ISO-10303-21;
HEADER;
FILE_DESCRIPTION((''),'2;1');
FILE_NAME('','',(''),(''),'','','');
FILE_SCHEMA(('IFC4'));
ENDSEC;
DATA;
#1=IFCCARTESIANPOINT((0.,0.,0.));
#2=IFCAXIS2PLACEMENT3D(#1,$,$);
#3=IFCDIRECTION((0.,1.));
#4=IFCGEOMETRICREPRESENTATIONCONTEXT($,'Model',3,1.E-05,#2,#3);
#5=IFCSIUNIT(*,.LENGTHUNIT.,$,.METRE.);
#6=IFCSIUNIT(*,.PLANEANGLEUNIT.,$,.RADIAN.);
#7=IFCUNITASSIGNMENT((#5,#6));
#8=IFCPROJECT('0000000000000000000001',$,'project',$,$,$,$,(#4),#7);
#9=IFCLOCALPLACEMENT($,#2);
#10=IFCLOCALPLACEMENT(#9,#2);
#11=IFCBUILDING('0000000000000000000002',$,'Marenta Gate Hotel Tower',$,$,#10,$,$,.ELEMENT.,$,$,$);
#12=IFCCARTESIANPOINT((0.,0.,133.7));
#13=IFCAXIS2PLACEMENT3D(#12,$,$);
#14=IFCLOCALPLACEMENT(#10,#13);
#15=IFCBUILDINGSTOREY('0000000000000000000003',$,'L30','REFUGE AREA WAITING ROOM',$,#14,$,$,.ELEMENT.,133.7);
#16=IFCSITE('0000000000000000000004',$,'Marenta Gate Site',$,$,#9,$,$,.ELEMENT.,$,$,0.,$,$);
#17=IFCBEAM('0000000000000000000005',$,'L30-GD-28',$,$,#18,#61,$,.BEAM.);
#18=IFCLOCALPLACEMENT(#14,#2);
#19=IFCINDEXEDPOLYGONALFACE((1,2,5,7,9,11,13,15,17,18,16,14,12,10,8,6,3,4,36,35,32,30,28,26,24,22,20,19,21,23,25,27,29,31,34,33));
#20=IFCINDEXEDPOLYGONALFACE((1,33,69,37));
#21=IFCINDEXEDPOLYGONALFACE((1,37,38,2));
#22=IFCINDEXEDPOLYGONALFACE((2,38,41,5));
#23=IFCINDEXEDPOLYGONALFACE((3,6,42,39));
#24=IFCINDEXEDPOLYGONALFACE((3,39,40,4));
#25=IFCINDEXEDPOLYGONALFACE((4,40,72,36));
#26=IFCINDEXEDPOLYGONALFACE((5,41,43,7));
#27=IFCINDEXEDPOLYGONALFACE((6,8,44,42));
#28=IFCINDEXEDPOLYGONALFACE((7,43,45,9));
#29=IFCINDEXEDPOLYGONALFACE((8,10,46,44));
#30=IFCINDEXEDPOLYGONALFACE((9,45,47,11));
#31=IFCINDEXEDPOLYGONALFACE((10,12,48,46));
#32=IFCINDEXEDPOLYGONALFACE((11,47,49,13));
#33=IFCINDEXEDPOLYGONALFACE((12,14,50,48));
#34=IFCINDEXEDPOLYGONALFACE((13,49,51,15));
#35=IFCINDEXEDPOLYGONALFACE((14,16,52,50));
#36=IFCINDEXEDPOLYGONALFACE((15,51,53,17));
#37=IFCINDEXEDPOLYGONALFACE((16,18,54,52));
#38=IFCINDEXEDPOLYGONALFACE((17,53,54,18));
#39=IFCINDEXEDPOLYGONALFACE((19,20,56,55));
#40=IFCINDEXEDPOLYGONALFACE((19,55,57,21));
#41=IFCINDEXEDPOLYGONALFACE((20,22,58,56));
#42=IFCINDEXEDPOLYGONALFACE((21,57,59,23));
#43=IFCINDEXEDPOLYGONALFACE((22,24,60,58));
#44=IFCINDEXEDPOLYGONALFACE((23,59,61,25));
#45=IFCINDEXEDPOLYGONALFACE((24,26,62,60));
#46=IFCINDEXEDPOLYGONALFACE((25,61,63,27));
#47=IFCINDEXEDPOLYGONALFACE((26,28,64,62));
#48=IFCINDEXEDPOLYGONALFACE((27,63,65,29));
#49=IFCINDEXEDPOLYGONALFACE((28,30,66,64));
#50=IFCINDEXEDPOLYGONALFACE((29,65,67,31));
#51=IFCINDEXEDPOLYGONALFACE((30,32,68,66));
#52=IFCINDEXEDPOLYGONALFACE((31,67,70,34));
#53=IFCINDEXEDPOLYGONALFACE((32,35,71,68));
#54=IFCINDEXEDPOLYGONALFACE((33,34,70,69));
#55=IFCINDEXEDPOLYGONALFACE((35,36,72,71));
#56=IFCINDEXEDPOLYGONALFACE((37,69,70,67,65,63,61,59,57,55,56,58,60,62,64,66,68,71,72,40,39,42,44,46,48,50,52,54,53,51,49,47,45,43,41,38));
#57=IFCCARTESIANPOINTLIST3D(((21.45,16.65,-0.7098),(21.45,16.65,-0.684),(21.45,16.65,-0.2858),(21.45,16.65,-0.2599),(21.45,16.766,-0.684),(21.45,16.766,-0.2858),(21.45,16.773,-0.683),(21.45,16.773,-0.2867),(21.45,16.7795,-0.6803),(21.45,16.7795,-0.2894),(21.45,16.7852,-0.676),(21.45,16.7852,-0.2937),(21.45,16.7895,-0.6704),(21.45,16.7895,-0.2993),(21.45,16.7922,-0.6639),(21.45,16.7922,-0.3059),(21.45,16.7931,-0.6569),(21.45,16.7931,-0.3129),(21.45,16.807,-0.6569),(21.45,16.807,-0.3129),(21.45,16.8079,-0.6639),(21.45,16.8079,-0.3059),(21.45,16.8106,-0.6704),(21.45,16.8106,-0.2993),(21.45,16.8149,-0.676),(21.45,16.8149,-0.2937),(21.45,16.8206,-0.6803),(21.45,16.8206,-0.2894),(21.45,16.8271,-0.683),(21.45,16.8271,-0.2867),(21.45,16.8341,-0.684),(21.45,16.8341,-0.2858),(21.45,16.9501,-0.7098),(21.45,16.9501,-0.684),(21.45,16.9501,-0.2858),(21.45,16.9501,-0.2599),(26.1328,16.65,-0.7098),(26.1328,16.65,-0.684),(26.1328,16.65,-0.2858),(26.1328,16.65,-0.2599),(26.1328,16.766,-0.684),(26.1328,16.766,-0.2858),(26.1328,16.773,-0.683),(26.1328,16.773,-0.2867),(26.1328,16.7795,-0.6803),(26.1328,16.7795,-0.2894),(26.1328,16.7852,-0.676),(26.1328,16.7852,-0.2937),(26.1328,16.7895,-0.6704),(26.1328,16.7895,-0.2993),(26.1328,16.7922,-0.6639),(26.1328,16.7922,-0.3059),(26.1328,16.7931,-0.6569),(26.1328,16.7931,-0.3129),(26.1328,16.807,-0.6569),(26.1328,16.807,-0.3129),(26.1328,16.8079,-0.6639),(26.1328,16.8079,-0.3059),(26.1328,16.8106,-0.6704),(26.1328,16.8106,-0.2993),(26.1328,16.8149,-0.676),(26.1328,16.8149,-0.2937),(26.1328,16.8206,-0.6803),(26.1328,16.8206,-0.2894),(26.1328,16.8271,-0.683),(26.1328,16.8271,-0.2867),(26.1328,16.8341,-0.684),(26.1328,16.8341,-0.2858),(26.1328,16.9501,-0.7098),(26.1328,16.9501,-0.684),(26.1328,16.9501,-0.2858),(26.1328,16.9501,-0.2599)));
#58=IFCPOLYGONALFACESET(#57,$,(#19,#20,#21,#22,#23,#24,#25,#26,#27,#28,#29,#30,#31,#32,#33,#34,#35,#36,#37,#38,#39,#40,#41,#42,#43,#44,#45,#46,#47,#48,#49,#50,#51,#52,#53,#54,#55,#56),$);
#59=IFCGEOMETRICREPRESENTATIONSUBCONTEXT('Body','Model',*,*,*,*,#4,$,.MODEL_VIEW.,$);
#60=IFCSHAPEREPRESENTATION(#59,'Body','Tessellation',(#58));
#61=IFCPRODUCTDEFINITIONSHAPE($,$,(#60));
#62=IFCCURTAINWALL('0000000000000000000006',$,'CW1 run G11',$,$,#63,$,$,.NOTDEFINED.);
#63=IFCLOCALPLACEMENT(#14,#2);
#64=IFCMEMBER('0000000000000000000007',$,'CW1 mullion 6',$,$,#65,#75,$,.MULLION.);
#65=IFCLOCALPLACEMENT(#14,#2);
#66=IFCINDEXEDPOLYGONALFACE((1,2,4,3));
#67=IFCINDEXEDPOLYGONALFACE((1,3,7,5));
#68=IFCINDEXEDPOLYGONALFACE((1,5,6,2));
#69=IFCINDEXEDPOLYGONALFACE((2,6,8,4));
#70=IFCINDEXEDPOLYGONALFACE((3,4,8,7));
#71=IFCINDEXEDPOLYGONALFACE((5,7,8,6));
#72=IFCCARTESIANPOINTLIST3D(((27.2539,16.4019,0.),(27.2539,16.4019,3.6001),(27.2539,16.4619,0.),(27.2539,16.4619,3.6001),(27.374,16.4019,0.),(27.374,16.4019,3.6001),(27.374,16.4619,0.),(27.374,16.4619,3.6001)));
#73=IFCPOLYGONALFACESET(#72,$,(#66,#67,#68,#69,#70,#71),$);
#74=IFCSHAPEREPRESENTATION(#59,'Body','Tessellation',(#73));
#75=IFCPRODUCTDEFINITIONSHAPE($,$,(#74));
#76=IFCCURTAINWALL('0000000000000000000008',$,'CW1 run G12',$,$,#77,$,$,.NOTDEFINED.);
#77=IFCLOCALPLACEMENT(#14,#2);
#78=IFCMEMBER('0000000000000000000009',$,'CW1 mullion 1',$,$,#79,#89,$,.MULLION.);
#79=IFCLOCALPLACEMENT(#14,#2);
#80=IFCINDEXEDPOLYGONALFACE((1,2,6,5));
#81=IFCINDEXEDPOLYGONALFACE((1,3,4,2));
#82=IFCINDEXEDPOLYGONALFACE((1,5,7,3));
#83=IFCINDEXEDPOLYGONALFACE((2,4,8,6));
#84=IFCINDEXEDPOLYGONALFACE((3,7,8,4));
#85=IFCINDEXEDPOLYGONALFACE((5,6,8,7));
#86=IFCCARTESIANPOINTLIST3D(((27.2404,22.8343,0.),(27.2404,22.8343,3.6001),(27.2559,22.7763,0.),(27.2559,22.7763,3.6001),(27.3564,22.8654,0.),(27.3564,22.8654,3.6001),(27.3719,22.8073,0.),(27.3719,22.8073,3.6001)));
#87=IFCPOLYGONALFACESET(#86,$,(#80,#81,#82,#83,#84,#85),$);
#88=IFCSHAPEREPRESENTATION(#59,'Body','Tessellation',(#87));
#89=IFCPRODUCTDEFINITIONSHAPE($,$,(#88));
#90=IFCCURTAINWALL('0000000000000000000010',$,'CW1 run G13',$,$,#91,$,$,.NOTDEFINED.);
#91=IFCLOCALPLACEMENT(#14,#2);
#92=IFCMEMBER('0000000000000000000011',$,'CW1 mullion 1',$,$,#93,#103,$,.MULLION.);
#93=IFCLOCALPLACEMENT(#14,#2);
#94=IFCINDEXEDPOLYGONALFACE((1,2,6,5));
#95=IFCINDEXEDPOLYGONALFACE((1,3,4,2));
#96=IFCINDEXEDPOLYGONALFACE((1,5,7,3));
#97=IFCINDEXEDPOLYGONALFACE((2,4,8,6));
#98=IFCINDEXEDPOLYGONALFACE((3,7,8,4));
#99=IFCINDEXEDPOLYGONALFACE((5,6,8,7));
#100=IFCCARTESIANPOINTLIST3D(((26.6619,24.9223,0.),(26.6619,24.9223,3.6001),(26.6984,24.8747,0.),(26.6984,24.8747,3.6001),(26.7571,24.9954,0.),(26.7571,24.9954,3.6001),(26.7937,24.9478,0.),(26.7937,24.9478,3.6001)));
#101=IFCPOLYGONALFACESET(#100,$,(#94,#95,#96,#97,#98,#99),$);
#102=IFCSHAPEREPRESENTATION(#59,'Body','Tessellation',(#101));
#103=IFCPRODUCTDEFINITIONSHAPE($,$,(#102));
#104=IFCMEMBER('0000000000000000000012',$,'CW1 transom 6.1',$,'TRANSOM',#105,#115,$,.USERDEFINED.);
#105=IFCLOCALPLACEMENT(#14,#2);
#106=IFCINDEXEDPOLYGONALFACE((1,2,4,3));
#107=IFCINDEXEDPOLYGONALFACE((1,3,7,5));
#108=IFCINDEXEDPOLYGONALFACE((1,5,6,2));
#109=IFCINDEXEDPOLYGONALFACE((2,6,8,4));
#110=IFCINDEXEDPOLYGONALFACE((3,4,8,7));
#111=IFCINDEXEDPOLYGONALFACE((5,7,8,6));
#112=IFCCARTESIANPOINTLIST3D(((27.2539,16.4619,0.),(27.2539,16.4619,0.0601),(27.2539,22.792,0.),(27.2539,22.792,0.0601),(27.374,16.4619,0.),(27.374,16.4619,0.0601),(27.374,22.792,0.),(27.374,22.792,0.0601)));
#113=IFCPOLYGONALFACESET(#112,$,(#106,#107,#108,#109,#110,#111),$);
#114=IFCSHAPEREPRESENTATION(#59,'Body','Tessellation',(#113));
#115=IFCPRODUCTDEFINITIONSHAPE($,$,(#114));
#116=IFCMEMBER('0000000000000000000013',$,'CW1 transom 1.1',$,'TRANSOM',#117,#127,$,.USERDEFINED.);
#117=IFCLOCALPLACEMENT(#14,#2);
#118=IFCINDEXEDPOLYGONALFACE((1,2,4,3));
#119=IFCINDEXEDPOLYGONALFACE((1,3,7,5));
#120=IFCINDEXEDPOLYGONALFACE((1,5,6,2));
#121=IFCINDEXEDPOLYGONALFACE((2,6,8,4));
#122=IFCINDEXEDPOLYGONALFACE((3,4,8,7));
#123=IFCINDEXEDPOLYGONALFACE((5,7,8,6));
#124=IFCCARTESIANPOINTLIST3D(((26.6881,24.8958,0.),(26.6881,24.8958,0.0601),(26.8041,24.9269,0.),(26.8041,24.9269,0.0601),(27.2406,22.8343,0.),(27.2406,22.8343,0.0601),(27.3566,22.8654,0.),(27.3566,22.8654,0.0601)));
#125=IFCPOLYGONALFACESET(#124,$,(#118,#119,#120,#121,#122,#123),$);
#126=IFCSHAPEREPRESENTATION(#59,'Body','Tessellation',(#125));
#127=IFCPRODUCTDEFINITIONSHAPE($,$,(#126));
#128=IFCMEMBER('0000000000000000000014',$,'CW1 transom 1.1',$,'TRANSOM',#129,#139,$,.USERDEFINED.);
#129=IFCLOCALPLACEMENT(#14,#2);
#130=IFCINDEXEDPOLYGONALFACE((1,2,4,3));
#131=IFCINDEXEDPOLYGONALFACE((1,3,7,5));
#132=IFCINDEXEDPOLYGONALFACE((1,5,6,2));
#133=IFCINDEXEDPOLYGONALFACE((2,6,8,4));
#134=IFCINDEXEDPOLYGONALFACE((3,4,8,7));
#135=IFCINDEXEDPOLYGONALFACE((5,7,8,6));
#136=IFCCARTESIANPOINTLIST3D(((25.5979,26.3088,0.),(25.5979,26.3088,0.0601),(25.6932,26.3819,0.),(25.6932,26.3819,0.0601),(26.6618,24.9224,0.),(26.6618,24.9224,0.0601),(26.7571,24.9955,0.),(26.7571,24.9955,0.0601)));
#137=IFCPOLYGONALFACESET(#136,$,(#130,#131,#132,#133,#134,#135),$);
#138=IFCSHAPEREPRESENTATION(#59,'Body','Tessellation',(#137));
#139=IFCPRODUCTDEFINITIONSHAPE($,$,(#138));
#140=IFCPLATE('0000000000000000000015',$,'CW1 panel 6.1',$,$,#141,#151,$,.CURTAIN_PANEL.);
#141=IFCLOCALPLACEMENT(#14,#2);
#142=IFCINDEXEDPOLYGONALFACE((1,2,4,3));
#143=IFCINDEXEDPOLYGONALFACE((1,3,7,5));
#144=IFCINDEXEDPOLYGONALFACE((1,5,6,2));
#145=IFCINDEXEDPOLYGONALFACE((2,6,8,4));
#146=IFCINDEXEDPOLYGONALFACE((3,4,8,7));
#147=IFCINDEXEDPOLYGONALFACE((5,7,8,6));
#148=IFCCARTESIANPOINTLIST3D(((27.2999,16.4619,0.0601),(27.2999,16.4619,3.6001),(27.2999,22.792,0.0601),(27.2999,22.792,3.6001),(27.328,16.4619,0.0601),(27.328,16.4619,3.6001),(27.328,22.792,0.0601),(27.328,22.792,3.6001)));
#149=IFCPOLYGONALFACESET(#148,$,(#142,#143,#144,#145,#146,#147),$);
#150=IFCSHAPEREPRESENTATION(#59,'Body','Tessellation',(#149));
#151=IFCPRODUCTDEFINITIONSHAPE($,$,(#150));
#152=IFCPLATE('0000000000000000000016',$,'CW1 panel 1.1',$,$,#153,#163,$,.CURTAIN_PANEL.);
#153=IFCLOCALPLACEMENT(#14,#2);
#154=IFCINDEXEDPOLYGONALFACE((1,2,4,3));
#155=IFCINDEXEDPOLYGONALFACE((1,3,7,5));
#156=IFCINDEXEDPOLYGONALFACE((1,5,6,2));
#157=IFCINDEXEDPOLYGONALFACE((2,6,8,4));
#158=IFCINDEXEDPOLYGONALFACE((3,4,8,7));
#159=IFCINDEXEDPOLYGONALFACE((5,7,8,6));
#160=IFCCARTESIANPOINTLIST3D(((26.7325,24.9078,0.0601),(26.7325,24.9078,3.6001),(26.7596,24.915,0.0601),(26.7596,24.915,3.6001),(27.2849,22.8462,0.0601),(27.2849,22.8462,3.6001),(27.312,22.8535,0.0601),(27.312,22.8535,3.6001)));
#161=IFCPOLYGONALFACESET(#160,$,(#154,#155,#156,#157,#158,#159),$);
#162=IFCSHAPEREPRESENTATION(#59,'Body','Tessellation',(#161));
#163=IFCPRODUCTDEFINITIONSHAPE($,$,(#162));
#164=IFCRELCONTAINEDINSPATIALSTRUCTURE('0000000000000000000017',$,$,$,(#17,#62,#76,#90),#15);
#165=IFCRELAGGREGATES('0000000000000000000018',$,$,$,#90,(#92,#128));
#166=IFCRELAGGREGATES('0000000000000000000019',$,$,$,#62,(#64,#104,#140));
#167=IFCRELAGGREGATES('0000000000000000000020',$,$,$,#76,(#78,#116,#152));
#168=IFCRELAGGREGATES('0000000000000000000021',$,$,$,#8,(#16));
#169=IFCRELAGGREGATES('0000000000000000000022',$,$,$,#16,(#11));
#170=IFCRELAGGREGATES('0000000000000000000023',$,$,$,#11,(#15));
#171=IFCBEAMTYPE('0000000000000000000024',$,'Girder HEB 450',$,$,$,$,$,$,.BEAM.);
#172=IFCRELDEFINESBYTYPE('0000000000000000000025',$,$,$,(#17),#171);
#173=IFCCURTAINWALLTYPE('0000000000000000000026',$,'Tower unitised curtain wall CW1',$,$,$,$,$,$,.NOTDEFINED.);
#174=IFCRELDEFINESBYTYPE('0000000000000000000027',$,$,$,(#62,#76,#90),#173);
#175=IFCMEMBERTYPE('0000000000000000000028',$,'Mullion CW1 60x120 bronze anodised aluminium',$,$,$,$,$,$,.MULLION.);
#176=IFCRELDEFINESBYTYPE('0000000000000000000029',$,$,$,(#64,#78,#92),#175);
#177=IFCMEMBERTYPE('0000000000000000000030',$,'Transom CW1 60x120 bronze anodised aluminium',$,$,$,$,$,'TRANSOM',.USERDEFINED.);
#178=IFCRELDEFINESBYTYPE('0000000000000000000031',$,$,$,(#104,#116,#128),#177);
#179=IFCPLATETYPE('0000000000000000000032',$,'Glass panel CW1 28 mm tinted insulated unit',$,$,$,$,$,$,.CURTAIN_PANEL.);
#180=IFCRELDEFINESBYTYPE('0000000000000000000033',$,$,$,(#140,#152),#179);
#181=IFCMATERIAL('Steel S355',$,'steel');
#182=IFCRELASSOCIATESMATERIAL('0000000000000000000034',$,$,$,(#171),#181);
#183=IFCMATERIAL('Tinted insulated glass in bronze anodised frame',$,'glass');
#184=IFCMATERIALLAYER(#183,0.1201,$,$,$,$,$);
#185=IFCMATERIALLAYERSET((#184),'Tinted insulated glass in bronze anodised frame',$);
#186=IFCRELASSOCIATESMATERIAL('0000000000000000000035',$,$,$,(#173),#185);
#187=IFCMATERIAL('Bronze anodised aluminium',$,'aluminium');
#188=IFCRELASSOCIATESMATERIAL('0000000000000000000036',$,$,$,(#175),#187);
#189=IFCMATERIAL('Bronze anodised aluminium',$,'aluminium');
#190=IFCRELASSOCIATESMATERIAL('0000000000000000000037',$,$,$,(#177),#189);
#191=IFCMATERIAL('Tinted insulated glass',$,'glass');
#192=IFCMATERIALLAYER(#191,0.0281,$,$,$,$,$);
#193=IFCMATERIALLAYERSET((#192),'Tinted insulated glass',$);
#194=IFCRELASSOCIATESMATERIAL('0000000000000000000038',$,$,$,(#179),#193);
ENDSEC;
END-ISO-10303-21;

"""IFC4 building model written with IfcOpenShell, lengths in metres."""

from ifc_helpers import new_model, si_unit, direction, frame, origin, origin_2d, place, context, subcontext, project, spatial, rectangle, i_section, extrude, material, layer, layer_set, material_profile, profile_set, type_object, element, aggregate, save


model = new_model("IFC4")

# Units and contexts
model_context = context("Model", 3, precision=1e-05, world=origin(), true_north=direction((0.0, 1.0)))
body_context = subcontext(model_context, "Body", "Model", "MODEL_VIEW")
ifc_project = project(units=[si_unit("LENGTHUNIT", "METRE"), si_unit("PLANEANGLEUNIT", "RADIAN")], contexts=[model_context])

# Site, building, storey
site_placement = place(None, origin())
site = spatial("IfcSite", under=ifc_project, at=site_placement, Name="Marenta Gate Site", CompositionType="ELEMENT", RefElevation=0.0)
building_placement = place(site_placement, origin())
building = spatial("IfcBuilding", under=site, at=building_placement, Name="Marenta Gate Hotel Tower", CompositionType="ELEMENT")
storey_placement = place(building_placement, frame((0.0, 0.0, 133.7)))
storey = spatial("IfcBuildingStorey", under=building, at=storey_placement, Name="L30", Description="REFUGE AREA WAITING ROOM", CompositionType="ELEMENT", Elevation=133.7)

# Beam
ifc_material_1 = material(Name="Steel S355", Category="steel")
ifc_material_profile_1 = material_profile(ifc_material_1, i_section(OverallWidth=0.3, OverallDepth=0.45, WebThickness=0.0139, FlangeThickness=0.0259, FilletRadius=0.0271, at=origin_2d()), Name="HEB 450")
ifc_profile_set_1 = profile_set([ifc_material_profile_1], Name="Steel S355")
beam_type_1 = type_object("IfcBeamType", Name="Girder HEB 450", PredefinedType="BEAM", material=ifc_profile_set_1)
beam_1_placement = place(storey_placement, frame((21.45, 16.8, -0.4849), z_axis=(1.0, 0.0, 0.0), x_axis=(0.0, 1.0, 0.0)))
element("IfcBeam", 1, at=beam_1_placement, inside=storey, type_object=beam_type_1, Name="L30-GD-28", PredefinedType="BEAM", context=body_context, shape_type="SweptSolid", body=[
    extrude(i_section(OverallWidth=0.3, OverallDepth=0.45, WebThickness=0.0139, FlangeThickness=0.0259, FilletRadius=0.0271, at=origin_2d()), origin(), (0.0, 0.0, 1.0), 4.6829),
])

# Curtain walls, members
ifc_material_2 = material(Name="Tinted insulated glass in bronze anodised frame", Category="glass")
ifc_layer_1 = layer(ifc_material_2, 0.1201)
ifc_layer_set_1 = layer_set([ifc_layer_1], Name="Tinted insulated glass in bronze anodised frame")
curtain_wall_type = type_object("IfcCurtainWallType", Name="Tower unitised curtain wall CW1", PredefinedType="NOTDEFINED", material=ifc_layer_set_1)
curtain_wall_1_placement = place(storey_placement, origin())
curtain_wall_1 = element("IfcCurtainWall", 2, at=curtain_wall_1_placement, inside=storey, type_object=curtain_wall_type, Name="CW1 run G11", PredefinedType="NOTDEFINED")
ifc_material_3 = material(Name="Bronze anodised aluminium", Category="aluminium")
ifc_material_profile_2 = material_profile(ifc_material_3, rectangle(XDim=0.1201, YDim=0.0601, at=origin_2d()), Name="Mullion CW1 60x120 bronze anodised aluminium")
ifc_profile_set_2 = profile_set([ifc_material_profile_2], Name="Bronze anodised aluminium")
member_type_1 = type_object("IfcMemberType", Name="Mullion CW1 60x120 bronze anodised aluminium", PredefinedType="MULLION", material=ifc_profile_set_2)
member_1_placement = place(storey_placement, frame((27.314, 16.4319, 0.0), z_axis=(0.0, 0.0, 1.0), x_axis=(-1.0, 0.0, 0.0)))
member_1 = element("IfcMember", 3, at=member_1_placement, type_object=member_type_1, Name="CW1 mullion 6", PredefinedType="MULLION", context=body_context, shape_type="SweptSolid", body=[
    extrude(rectangle(XDim=0.1201, YDim=0.0601, at=origin_2d()), origin(), (0.0, 0.0, 1.0), 3.6001),
])
curtain_wall_2_placement = place(storey_placement, origin())
curtain_wall_2 = element("IfcCurtainWall", 4, at=curtain_wall_2_placement, inside=storey, type_object=curtain_wall_type, Name="CW1 run G12", PredefinedType="NOTDEFINED")
member_2_placement = place(storey_placement, frame((27.3062, 22.8208, 0.0), z_axis=(0.0, 0.0, 1.0), x_axis=(-0.965925, -0.258823, 0.0)))
member_2 = element("IfcMember", 5, at=member_2_placement, type_object=member_type_1, Name="CW1 mullion 1", PredefinedType="MULLION", context=body_context, shape_type="SweptSolid", body=[
    extrude(rectangle(XDim=0.1201, YDim=0.0601, at=origin_2d()), origin(), (0.0, 0.0, 1.0), 3.6001),
])
curtain_wall_3_placement = place(storey_placement, origin())
curtain_wall_3 = element("IfcCurtainWall", 6, at=curtain_wall_3_placement, inside=storey, type_object=curtain_wall_type, Name="CW1 run G13", PredefinedType="NOTDEFINED")
member_3_placement = place(storey_placement, frame((26.7278, 24.9351, 0.0), z_axis=(0.0, 0.0, 1.0), x_axis=(-0.793327, -0.608796, 0.0)))
member_3 = element("IfcMember", 7, at=member_3_placement, type_object=member_type_1, Name="CW1 mullion 1", PredefinedType="MULLION", context=body_context, shape_type="SweptSolid", body=[
    extrude(rectangle(XDim=0.1201, YDim=0.0601, at=origin_2d()), origin(), (0.0, 0.0, 1.0), 3.6001),
])

# Members
ifc_material_4 = material(Name="Bronze anodised aluminium", Category="aluminium")
ifc_material_profile_3 = material_profile(ifc_material_4, rectangle(XDim=0.1201, YDim=0.0601, at=origin_2d()), Name="Transom CW1 60x120 bronze anodised aluminium")
ifc_profile_set_3 = profile_set([ifc_material_profile_3], Name="Bronze anodised aluminium")
member_type_2 = type_object("IfcMemberType", Name="Transom CW1 60x120 bronze anodised aluminium", ElementType="TRANSOM", PredefinedType="USERDEFINED", material=ifc_profile_set_3)
member_4_placement = place(storey_placement, frame((27.314, 16.4619, 0.03), z_axis=(0.0, 1.0, 0.0), x_axis=(-1.0, 0.0, 0.0)))
member_4 = element("IfcMember", 8, at=member_4_placement, type_object=member_type_2, Name="CW1 transom 6.1", ObjectType="TRANSOM", PredefinedType="USERDEFINED", context=body_context, shape_type="SweptSolid", body=[
    extrude(rectangle(XDim=0.1201, YDim=0.0601, at=origin_2d()), origin(), (0.0, 0.0, 1.0), 6.3301),
])
member_5_placement = place(storey_placement, frame((27.2986, 22.8499, 0.03), z_axis=(-0.258866, 0.965913, 0.0), x_axis=(-0.965913, -0.258866, 0.0)))
member_5 = element("IfcMember", 9, at=member_5_placement, type_object=member_type_2, Name="CW1 transom 1.1", ObjectType="TRANSOM", PredefinedType="USERDEFINED", context=body_context, shape_type="SweptSolid", body=[
    extrude(rectangle(XDim=0.1201, YDim=0.0601, at=origin_2d()), origin(), (0.0, 0.0, 1.0), 2.1343),
])
member_6_placement = place(storey_placement, frame((26.7095, 24.959, 0.03), z_axis=(-0.608792, 0.79333, 0.0), x_axis=(-0.79333, -0.608792, 0.0)))
member_6 = element("IfcMember", 10, at=member_6_placement, type_object=member_type_2, Name="CW1 transom 1.1", ObjectType="TRANSOM", PredefinedType="USERDEFINED", context=body_context, shape_type="SweptSolid", body=[
    extrude(rectangle(XDim=0.1201, YDim=0.0601, at=origin_2d()), origin(), (0.0, 0.0, 1.0), 1.7476),
])
aggregate(curtain_wall_3, [member_3, member_6])

# Plates
ifc_material_5 = material(Name="Tinted insulated glass", Category="glass")
ifc_layer_2 = layer(ifc_material_5, 0.0281)
ifc_layer_set_2 = layer_set([ifc_layer_2], Name="Tinted insulated glass")
plate_type = type_object("IfcPlateType", Name="Glass panel CW1 28 mm tinted insulated unit", PredefinedType="CURTAIN_PANEL", material=ifc_layer_set_2)
plate_1_placement = place(storey_placement, frame((27.314, 19.627, 0.0601), z_axis=(0.0, 0.0, 1.0), x_axis=(0.0, 1.0, 0.0)))
plate_1 = element("IfcPlate", 11, at=plate_1_placement, type_object=plate_type, Name="CW1 panel 6.1", PredefinedType="CURTAIN_PANEL", context=body_context, shape_type="SweptSolid", body=[
    extrude(rectangle(XDim=6.3301, YDim=0.0281, at=origin_2d()), origin(), (0.0, 0.0, 1.0), 3.54),
])
aggregate(curtain_wall_1, [member_1, member_4, plate_1])
plate_2_placement = place(storey_placement, frame((27.0222, 23.8806, 0.0601), z_axis=(0.0, 0.0, 1.0), x_axis=(-0.258823, 0.965925, 0.0)))
plate_2 = element("IfcPlate", 12, at=plate_2_placement, type_object=plate_type, Name="CW1 panel 1.1", PredefinedType="CURTAIN_PANEL", context=body_context, shape_type="SweptSolid", body=[
    extrude(rectangle(XDim=2.1343, YDim=0.0281, at=origin_2d()), origin(), (0.0, 0.0, 1.0), 3.54),
])
aggregate(curtain_wall_2, [member_2, member_5, plate_2])

save(model, "model.ifc")
